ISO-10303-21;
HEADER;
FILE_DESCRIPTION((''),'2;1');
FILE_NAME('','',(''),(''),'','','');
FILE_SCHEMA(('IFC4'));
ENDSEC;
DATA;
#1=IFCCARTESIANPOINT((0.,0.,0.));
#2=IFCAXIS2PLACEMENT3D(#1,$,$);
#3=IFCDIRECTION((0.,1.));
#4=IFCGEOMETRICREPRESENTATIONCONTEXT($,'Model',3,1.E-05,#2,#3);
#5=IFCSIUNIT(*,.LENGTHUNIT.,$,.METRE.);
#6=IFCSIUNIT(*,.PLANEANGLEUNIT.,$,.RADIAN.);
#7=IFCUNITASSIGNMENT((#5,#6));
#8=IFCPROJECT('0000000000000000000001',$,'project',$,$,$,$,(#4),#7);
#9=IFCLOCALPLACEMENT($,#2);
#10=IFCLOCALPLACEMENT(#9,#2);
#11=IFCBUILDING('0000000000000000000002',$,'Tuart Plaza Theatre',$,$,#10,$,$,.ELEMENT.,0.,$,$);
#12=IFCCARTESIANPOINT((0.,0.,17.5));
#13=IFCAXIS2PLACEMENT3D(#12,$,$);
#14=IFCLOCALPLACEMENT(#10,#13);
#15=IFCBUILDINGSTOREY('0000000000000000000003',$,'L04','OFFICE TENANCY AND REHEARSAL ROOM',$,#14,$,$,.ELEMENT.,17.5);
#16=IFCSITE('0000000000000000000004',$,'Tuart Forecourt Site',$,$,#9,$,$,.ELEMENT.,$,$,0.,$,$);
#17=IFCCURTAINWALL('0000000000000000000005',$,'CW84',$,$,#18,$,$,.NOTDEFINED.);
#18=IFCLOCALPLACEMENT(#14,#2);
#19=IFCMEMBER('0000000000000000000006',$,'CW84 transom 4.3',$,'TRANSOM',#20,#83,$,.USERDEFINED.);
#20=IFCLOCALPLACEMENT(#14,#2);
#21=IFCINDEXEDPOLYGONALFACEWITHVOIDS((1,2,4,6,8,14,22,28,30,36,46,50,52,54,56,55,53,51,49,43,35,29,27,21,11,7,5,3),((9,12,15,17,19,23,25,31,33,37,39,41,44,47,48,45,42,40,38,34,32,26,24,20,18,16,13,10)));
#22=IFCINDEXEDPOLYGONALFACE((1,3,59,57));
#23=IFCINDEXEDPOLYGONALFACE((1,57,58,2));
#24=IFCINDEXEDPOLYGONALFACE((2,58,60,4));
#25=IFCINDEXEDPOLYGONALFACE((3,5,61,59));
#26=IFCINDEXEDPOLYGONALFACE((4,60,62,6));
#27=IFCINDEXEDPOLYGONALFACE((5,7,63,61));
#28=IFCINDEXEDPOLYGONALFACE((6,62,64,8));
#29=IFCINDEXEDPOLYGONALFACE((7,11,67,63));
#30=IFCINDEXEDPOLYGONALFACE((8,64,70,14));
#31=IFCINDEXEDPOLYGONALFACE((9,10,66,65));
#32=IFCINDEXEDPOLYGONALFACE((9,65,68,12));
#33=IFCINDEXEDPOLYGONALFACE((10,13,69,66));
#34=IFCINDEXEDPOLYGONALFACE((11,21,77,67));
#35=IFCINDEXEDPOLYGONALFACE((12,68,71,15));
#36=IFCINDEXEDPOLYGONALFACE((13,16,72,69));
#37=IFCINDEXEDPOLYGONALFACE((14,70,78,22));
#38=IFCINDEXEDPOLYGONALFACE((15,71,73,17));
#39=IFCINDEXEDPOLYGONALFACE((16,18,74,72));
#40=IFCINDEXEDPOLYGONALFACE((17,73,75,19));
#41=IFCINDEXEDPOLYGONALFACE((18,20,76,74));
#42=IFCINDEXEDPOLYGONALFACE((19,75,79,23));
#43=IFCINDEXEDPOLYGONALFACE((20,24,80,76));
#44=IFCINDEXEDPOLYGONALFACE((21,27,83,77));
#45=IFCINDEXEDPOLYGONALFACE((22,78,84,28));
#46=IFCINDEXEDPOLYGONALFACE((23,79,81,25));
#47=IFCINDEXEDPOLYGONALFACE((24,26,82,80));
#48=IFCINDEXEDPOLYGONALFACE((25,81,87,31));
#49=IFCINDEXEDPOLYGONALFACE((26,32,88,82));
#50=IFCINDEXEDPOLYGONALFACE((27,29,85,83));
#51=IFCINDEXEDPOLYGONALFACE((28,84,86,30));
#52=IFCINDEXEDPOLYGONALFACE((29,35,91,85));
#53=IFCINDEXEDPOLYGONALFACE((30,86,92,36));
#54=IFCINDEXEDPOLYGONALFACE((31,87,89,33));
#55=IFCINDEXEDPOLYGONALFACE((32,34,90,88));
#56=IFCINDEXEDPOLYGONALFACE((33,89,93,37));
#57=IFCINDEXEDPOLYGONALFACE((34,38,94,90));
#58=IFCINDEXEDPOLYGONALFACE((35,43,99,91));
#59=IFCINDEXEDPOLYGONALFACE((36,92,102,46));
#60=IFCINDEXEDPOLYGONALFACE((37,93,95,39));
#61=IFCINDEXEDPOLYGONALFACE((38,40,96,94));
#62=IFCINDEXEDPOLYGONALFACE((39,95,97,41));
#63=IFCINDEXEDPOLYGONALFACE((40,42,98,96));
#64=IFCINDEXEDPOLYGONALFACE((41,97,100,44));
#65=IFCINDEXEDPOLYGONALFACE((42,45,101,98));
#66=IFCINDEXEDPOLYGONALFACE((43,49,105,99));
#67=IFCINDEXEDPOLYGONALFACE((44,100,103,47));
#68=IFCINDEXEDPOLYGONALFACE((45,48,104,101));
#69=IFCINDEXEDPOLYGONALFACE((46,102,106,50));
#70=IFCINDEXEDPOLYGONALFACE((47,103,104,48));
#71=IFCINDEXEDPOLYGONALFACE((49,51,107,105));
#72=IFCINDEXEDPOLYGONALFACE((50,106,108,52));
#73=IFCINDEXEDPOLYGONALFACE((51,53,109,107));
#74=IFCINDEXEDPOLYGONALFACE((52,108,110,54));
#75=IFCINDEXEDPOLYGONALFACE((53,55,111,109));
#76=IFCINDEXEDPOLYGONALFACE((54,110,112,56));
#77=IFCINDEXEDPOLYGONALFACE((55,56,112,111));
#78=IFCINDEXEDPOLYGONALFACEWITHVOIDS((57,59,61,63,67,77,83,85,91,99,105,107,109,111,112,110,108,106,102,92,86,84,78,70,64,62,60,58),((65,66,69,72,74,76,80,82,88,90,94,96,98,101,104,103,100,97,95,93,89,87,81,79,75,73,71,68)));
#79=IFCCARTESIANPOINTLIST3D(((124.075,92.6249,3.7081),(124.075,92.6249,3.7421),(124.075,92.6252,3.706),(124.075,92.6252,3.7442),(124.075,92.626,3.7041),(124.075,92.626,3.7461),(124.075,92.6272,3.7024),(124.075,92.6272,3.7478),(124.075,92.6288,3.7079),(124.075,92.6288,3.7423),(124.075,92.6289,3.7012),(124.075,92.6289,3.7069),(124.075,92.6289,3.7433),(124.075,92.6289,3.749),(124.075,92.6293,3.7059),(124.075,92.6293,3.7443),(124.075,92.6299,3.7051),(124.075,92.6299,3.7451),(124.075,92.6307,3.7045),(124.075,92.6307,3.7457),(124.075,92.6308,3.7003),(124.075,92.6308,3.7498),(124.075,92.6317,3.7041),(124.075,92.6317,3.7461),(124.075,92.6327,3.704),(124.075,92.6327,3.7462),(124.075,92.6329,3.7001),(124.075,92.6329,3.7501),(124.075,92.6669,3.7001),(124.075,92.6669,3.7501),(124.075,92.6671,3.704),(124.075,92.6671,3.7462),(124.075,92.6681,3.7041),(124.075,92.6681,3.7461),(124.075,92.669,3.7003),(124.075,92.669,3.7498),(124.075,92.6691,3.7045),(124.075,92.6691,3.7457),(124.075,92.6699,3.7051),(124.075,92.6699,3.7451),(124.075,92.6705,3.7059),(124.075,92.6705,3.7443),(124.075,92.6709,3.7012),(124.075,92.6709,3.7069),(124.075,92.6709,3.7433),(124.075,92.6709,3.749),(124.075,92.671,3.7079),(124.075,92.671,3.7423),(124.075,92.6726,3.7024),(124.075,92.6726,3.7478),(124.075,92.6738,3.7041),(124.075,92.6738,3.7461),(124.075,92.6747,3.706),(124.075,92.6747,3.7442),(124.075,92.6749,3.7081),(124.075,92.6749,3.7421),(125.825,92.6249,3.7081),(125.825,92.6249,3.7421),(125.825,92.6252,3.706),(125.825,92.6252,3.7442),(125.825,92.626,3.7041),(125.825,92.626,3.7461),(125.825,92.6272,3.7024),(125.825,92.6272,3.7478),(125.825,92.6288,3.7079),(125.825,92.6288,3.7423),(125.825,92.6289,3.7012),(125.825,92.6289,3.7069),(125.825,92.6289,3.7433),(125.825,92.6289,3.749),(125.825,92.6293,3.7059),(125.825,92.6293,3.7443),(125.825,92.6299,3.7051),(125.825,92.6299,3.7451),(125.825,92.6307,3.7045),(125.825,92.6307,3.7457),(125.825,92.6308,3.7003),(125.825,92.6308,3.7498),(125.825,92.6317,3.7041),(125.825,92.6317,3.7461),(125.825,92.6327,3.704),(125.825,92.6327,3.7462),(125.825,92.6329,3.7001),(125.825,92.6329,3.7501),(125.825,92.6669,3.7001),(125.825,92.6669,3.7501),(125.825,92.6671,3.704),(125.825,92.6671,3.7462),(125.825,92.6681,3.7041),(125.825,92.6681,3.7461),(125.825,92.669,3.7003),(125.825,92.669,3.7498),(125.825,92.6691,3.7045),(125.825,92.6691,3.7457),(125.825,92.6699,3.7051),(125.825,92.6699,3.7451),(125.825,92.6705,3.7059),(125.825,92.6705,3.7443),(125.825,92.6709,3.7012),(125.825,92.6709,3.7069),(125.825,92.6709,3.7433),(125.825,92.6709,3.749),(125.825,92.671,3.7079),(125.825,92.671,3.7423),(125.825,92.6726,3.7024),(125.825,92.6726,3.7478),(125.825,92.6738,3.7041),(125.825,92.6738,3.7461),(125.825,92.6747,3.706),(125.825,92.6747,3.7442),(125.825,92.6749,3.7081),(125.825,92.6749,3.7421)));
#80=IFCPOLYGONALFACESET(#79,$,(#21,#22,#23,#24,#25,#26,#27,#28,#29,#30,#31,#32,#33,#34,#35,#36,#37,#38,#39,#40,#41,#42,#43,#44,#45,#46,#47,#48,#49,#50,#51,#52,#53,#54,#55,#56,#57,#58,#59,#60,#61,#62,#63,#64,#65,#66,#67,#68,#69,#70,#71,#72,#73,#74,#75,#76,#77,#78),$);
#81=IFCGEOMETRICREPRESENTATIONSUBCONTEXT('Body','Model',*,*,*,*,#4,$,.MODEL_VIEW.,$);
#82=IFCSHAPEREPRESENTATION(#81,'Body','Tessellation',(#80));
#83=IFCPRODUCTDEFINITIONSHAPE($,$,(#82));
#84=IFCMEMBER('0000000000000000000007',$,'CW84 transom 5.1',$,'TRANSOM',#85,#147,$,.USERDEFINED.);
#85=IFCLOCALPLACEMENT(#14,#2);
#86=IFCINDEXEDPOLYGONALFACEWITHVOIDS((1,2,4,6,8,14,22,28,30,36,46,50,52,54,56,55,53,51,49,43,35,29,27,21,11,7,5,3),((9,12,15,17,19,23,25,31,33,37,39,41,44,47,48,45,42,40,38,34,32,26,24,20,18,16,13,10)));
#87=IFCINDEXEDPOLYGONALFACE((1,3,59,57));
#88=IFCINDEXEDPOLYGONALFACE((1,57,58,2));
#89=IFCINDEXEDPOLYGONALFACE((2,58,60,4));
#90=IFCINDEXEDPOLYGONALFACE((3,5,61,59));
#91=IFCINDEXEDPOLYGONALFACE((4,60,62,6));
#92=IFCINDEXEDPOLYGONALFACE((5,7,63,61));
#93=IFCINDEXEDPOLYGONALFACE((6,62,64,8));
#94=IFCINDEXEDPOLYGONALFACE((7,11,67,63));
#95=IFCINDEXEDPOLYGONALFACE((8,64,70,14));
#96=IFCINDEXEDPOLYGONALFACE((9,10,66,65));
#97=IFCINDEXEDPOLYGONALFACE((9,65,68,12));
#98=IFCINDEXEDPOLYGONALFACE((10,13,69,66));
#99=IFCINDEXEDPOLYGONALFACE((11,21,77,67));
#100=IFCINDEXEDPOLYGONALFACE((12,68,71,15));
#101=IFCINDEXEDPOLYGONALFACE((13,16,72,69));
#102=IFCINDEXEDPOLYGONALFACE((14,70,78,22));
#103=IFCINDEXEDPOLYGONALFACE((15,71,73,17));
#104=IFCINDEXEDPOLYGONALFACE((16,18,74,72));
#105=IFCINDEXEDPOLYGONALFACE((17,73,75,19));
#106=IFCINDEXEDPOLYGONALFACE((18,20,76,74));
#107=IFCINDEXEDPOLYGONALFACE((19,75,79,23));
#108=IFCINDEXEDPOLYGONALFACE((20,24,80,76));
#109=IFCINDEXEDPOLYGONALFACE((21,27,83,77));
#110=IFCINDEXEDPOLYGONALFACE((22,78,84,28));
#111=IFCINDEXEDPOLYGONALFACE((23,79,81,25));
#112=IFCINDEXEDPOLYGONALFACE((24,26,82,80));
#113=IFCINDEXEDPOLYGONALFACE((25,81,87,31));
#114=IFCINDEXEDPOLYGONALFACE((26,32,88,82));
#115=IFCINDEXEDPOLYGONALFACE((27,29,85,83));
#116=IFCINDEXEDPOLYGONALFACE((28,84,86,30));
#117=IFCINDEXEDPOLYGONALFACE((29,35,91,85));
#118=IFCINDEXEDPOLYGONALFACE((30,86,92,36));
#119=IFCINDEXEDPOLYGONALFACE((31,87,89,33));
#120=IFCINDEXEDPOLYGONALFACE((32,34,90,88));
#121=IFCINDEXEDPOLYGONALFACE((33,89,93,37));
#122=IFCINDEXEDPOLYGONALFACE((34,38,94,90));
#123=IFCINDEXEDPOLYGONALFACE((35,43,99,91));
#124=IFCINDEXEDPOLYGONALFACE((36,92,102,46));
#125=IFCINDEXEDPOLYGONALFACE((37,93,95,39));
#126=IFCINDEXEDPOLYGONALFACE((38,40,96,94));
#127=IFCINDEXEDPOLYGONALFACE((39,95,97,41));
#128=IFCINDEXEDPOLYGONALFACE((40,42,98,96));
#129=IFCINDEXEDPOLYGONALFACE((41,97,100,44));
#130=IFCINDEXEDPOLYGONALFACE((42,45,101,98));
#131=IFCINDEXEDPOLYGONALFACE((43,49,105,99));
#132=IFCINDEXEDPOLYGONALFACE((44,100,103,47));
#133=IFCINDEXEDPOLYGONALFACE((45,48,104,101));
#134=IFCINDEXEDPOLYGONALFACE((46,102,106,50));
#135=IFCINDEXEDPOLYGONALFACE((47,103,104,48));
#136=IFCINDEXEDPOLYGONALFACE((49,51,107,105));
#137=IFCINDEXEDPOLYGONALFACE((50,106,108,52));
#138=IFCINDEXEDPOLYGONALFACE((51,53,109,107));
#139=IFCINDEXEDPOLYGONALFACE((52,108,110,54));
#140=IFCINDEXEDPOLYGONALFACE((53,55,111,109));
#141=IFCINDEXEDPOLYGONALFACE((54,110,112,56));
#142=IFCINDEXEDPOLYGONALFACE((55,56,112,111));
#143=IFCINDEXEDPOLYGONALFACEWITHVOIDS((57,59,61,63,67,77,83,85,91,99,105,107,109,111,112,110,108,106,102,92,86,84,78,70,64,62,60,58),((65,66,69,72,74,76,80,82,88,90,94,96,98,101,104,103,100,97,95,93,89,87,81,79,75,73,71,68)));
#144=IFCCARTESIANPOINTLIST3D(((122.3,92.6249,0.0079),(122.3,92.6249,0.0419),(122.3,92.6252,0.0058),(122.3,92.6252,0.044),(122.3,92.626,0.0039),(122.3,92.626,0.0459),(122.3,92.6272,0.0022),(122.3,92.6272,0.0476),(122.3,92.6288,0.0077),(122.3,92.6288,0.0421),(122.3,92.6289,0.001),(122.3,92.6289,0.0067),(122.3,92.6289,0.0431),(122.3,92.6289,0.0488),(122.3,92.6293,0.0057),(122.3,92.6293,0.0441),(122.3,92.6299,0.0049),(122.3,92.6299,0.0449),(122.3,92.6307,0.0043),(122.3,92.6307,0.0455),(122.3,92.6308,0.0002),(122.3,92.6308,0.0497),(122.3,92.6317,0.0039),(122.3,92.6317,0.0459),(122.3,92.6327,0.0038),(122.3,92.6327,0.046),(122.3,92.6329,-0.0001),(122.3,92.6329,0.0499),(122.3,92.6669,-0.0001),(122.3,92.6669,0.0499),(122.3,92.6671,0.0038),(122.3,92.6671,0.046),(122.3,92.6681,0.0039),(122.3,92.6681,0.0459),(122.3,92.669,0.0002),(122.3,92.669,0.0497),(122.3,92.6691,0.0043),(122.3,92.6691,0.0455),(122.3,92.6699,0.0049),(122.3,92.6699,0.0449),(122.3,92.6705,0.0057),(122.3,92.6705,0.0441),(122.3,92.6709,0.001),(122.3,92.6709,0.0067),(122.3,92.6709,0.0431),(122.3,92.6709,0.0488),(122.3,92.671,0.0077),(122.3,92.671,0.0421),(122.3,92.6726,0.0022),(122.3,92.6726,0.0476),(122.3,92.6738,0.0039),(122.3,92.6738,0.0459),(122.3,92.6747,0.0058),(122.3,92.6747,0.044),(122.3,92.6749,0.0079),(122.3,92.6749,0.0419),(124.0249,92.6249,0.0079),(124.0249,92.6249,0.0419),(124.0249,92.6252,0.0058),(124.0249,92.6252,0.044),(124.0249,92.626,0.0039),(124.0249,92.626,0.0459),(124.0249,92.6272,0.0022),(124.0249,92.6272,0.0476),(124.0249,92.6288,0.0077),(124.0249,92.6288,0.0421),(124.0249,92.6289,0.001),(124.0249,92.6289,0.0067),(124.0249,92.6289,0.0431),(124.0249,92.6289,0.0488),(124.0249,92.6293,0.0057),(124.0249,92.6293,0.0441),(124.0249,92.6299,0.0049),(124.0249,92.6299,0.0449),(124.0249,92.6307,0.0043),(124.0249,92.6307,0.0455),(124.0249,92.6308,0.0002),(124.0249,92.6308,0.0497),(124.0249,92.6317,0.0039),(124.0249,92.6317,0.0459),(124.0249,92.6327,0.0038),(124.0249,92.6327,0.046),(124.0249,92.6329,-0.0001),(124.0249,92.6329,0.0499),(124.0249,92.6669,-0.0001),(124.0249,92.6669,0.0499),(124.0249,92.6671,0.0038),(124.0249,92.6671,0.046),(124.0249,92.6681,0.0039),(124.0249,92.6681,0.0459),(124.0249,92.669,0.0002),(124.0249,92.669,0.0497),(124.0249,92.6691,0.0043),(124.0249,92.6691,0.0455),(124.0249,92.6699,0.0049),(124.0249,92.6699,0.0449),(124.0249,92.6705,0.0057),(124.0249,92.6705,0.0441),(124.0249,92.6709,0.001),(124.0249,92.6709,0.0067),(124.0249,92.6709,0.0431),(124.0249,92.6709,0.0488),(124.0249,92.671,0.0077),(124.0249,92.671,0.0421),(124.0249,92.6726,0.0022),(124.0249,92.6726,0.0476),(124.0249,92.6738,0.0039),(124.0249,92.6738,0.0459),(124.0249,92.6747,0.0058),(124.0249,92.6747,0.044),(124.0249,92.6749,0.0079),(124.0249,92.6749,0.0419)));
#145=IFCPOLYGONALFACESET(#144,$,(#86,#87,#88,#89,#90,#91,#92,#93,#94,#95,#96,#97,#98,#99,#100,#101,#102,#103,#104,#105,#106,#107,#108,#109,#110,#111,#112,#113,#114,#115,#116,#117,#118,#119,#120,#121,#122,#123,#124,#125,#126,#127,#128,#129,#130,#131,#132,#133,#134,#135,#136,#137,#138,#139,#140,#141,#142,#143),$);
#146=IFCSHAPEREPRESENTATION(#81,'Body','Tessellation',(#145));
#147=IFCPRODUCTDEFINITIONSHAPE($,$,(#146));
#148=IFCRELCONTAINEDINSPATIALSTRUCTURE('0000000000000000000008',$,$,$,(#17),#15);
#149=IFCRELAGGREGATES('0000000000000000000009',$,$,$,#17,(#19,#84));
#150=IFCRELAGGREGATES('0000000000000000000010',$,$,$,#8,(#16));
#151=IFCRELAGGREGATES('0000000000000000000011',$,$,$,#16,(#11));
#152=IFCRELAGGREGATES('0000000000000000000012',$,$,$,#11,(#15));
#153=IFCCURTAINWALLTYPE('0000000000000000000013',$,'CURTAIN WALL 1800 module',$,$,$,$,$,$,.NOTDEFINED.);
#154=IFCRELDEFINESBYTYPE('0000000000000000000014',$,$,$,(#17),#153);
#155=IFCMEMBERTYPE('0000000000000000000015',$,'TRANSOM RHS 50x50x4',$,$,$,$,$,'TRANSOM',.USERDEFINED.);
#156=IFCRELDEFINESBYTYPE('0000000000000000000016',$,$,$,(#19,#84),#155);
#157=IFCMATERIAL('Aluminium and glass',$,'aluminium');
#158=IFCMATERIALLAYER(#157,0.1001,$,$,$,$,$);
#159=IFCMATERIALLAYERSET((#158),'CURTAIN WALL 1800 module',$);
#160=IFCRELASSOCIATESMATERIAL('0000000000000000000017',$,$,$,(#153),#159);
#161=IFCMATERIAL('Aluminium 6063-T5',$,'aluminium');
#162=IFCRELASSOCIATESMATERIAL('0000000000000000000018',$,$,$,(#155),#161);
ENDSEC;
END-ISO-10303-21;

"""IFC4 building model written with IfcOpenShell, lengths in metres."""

from ifc_helpers import new_model, si_unit, direction, frame, origin, origin_2d, place, context, subcontext, project, spatial, hollow_rectangle, extrude, material, layer, layer_set, material_profile, profile_set, type_object, element, aggregate, save


model = new_model("IFC4")

# Units and contexts
model_context = context("Model", 3, precision=1e-05, world=origin(), true_north=direction((0.0, 1.0)))
body_context = subcontext(model_context, "Body", "Model", "MODEL_VIEW")
ifc_project = project(units=[si_unit("LENGTHUNIT", "METRE"), si_unit("PLANEANGLEUNIT", "RADIAN")], contexts=[model_context])

# Site, building, storey
site_placement = place(None, origin())
site = spatial("IfcSite", under=ifc_project, at=site_placement, Name="Tuart Forecourt Site", CompositionType="ELEMENT", RefElevation=0.0)
building_placement = place(site_placement, origin())
building = spatial("IfcBuilding", under=site, at=building_placement, Name="Tuart Plaza Theatre", CompositionType="ELEMENT", ElevationOfRefHeight=0.0)
storey_placement = place(building_placement, frame((0.0, 0.0, 17.5)))
storey = spatial("IfcBuildingStorey", under=building, at=storey_placement, Name="L04", Description="OFFICE TENANCY AND REHEARSAL ROOM", CompositionType="ELEMENT", Elevation=17.5)

# Curtain wall
ifc_material_1 = material(Name="Aluminium and glass", Category="aluminium")
ifc_layer_1 = layer(ifc_material_1, 0.1001)
ifc_layer_set_1 = layer_set([ifc_layer_1], Name="CURTAIN WALL 1800 module")
curtain_wall_type_1 = type_object("IfcCurtainWallType", Name="CURTAIN WALL 1800 module", PredefinedType="NOTDEFINED", material=ifc_layer_set_1)
curtain_wall_1_placement = place(storey_placement, origin())
curtain_wall_1 = element("IfcCurtainWall", 1, at=curtain_wall_1_placement, inside=storey, type_object=curtain_wall_type_1, Name="CW84", PredefinedType="NOTDEFINED")

# Members
ifc_material_2 = material(Name="Aluminium 6063-T5", Category="aluminium")
ifc_material_profile_1 = material_profile(ifc_material_2, hollow_rectangle(XDim=0.05, YDim=0.05, WallThickness=0.0039, InnerFilletRadius=0.0039, OuterFilletRadius=0.0081, at=origin_2d()), Name="RHS 50x50x4")
ifc_profile_set_1 = profile_set([ifc_material_profile_1], Name="Aluminium 6063-T5")
member_type_1 = type_object("IfcMemberType", Name="TRANSOM RHS 50x50x4", ElementType="TRANSOM", PredefinedType="USERDEFINED", material=ifc_profile_set_1)
member_1_placement = place(storey_placement, frame((125.825, 92.6499, 3.7251), z_axis=(-1.0, 0.0, 0.0), x_axis=(0.0, -1.0, 0.0)))
member_1 = element("IfcMember", 2, at=member_1_placement, type_object=member_type_1, Name="CW84 transom 4.3", ObjectType="TRANSOM", PredefinedType="USERDEFINED", context=body_context, shape_type="SweptSolid", body=[
    extrude(hollow_rectangle(XDim=0.05, YDim=0.05, WallThickness=0.0039, InnerFilletRadius=0.0039, OuterFilletRadius=0.0081, at=origin_2d()), origin(), (0.0, 0.0, 1.0), 1.75),
])
member_2_placement = place(storey_placement, frame((124.0249, 92.6499, 0.0249), z_axis=(-1.0, 0.0, 0.0), x_axis=(0.0, -1.0, 0.0)))
member_2 = element("IfcMember", 3, at=member_2_placement, type_object=member_type_1, Name="CW84 transom 5.1", ObjectType="TRANSOM", PredefinedType="USERDEFINED", context=body_context, shape_type="SweptSolid", body=[
    extrude(hollow_rectangle(XDim=0.05, YDim=0.05, WallThickness=0.0039, InnerFilletRadius=0.0039, OuterFilletRadius=0.0081, at=origin_2d()), origin(), (0.0, 0.0, 1.0), 1.7249),
])

aggregate(curtain_wall_1, [member_1, member_2])

save(model, "model.ifc")
